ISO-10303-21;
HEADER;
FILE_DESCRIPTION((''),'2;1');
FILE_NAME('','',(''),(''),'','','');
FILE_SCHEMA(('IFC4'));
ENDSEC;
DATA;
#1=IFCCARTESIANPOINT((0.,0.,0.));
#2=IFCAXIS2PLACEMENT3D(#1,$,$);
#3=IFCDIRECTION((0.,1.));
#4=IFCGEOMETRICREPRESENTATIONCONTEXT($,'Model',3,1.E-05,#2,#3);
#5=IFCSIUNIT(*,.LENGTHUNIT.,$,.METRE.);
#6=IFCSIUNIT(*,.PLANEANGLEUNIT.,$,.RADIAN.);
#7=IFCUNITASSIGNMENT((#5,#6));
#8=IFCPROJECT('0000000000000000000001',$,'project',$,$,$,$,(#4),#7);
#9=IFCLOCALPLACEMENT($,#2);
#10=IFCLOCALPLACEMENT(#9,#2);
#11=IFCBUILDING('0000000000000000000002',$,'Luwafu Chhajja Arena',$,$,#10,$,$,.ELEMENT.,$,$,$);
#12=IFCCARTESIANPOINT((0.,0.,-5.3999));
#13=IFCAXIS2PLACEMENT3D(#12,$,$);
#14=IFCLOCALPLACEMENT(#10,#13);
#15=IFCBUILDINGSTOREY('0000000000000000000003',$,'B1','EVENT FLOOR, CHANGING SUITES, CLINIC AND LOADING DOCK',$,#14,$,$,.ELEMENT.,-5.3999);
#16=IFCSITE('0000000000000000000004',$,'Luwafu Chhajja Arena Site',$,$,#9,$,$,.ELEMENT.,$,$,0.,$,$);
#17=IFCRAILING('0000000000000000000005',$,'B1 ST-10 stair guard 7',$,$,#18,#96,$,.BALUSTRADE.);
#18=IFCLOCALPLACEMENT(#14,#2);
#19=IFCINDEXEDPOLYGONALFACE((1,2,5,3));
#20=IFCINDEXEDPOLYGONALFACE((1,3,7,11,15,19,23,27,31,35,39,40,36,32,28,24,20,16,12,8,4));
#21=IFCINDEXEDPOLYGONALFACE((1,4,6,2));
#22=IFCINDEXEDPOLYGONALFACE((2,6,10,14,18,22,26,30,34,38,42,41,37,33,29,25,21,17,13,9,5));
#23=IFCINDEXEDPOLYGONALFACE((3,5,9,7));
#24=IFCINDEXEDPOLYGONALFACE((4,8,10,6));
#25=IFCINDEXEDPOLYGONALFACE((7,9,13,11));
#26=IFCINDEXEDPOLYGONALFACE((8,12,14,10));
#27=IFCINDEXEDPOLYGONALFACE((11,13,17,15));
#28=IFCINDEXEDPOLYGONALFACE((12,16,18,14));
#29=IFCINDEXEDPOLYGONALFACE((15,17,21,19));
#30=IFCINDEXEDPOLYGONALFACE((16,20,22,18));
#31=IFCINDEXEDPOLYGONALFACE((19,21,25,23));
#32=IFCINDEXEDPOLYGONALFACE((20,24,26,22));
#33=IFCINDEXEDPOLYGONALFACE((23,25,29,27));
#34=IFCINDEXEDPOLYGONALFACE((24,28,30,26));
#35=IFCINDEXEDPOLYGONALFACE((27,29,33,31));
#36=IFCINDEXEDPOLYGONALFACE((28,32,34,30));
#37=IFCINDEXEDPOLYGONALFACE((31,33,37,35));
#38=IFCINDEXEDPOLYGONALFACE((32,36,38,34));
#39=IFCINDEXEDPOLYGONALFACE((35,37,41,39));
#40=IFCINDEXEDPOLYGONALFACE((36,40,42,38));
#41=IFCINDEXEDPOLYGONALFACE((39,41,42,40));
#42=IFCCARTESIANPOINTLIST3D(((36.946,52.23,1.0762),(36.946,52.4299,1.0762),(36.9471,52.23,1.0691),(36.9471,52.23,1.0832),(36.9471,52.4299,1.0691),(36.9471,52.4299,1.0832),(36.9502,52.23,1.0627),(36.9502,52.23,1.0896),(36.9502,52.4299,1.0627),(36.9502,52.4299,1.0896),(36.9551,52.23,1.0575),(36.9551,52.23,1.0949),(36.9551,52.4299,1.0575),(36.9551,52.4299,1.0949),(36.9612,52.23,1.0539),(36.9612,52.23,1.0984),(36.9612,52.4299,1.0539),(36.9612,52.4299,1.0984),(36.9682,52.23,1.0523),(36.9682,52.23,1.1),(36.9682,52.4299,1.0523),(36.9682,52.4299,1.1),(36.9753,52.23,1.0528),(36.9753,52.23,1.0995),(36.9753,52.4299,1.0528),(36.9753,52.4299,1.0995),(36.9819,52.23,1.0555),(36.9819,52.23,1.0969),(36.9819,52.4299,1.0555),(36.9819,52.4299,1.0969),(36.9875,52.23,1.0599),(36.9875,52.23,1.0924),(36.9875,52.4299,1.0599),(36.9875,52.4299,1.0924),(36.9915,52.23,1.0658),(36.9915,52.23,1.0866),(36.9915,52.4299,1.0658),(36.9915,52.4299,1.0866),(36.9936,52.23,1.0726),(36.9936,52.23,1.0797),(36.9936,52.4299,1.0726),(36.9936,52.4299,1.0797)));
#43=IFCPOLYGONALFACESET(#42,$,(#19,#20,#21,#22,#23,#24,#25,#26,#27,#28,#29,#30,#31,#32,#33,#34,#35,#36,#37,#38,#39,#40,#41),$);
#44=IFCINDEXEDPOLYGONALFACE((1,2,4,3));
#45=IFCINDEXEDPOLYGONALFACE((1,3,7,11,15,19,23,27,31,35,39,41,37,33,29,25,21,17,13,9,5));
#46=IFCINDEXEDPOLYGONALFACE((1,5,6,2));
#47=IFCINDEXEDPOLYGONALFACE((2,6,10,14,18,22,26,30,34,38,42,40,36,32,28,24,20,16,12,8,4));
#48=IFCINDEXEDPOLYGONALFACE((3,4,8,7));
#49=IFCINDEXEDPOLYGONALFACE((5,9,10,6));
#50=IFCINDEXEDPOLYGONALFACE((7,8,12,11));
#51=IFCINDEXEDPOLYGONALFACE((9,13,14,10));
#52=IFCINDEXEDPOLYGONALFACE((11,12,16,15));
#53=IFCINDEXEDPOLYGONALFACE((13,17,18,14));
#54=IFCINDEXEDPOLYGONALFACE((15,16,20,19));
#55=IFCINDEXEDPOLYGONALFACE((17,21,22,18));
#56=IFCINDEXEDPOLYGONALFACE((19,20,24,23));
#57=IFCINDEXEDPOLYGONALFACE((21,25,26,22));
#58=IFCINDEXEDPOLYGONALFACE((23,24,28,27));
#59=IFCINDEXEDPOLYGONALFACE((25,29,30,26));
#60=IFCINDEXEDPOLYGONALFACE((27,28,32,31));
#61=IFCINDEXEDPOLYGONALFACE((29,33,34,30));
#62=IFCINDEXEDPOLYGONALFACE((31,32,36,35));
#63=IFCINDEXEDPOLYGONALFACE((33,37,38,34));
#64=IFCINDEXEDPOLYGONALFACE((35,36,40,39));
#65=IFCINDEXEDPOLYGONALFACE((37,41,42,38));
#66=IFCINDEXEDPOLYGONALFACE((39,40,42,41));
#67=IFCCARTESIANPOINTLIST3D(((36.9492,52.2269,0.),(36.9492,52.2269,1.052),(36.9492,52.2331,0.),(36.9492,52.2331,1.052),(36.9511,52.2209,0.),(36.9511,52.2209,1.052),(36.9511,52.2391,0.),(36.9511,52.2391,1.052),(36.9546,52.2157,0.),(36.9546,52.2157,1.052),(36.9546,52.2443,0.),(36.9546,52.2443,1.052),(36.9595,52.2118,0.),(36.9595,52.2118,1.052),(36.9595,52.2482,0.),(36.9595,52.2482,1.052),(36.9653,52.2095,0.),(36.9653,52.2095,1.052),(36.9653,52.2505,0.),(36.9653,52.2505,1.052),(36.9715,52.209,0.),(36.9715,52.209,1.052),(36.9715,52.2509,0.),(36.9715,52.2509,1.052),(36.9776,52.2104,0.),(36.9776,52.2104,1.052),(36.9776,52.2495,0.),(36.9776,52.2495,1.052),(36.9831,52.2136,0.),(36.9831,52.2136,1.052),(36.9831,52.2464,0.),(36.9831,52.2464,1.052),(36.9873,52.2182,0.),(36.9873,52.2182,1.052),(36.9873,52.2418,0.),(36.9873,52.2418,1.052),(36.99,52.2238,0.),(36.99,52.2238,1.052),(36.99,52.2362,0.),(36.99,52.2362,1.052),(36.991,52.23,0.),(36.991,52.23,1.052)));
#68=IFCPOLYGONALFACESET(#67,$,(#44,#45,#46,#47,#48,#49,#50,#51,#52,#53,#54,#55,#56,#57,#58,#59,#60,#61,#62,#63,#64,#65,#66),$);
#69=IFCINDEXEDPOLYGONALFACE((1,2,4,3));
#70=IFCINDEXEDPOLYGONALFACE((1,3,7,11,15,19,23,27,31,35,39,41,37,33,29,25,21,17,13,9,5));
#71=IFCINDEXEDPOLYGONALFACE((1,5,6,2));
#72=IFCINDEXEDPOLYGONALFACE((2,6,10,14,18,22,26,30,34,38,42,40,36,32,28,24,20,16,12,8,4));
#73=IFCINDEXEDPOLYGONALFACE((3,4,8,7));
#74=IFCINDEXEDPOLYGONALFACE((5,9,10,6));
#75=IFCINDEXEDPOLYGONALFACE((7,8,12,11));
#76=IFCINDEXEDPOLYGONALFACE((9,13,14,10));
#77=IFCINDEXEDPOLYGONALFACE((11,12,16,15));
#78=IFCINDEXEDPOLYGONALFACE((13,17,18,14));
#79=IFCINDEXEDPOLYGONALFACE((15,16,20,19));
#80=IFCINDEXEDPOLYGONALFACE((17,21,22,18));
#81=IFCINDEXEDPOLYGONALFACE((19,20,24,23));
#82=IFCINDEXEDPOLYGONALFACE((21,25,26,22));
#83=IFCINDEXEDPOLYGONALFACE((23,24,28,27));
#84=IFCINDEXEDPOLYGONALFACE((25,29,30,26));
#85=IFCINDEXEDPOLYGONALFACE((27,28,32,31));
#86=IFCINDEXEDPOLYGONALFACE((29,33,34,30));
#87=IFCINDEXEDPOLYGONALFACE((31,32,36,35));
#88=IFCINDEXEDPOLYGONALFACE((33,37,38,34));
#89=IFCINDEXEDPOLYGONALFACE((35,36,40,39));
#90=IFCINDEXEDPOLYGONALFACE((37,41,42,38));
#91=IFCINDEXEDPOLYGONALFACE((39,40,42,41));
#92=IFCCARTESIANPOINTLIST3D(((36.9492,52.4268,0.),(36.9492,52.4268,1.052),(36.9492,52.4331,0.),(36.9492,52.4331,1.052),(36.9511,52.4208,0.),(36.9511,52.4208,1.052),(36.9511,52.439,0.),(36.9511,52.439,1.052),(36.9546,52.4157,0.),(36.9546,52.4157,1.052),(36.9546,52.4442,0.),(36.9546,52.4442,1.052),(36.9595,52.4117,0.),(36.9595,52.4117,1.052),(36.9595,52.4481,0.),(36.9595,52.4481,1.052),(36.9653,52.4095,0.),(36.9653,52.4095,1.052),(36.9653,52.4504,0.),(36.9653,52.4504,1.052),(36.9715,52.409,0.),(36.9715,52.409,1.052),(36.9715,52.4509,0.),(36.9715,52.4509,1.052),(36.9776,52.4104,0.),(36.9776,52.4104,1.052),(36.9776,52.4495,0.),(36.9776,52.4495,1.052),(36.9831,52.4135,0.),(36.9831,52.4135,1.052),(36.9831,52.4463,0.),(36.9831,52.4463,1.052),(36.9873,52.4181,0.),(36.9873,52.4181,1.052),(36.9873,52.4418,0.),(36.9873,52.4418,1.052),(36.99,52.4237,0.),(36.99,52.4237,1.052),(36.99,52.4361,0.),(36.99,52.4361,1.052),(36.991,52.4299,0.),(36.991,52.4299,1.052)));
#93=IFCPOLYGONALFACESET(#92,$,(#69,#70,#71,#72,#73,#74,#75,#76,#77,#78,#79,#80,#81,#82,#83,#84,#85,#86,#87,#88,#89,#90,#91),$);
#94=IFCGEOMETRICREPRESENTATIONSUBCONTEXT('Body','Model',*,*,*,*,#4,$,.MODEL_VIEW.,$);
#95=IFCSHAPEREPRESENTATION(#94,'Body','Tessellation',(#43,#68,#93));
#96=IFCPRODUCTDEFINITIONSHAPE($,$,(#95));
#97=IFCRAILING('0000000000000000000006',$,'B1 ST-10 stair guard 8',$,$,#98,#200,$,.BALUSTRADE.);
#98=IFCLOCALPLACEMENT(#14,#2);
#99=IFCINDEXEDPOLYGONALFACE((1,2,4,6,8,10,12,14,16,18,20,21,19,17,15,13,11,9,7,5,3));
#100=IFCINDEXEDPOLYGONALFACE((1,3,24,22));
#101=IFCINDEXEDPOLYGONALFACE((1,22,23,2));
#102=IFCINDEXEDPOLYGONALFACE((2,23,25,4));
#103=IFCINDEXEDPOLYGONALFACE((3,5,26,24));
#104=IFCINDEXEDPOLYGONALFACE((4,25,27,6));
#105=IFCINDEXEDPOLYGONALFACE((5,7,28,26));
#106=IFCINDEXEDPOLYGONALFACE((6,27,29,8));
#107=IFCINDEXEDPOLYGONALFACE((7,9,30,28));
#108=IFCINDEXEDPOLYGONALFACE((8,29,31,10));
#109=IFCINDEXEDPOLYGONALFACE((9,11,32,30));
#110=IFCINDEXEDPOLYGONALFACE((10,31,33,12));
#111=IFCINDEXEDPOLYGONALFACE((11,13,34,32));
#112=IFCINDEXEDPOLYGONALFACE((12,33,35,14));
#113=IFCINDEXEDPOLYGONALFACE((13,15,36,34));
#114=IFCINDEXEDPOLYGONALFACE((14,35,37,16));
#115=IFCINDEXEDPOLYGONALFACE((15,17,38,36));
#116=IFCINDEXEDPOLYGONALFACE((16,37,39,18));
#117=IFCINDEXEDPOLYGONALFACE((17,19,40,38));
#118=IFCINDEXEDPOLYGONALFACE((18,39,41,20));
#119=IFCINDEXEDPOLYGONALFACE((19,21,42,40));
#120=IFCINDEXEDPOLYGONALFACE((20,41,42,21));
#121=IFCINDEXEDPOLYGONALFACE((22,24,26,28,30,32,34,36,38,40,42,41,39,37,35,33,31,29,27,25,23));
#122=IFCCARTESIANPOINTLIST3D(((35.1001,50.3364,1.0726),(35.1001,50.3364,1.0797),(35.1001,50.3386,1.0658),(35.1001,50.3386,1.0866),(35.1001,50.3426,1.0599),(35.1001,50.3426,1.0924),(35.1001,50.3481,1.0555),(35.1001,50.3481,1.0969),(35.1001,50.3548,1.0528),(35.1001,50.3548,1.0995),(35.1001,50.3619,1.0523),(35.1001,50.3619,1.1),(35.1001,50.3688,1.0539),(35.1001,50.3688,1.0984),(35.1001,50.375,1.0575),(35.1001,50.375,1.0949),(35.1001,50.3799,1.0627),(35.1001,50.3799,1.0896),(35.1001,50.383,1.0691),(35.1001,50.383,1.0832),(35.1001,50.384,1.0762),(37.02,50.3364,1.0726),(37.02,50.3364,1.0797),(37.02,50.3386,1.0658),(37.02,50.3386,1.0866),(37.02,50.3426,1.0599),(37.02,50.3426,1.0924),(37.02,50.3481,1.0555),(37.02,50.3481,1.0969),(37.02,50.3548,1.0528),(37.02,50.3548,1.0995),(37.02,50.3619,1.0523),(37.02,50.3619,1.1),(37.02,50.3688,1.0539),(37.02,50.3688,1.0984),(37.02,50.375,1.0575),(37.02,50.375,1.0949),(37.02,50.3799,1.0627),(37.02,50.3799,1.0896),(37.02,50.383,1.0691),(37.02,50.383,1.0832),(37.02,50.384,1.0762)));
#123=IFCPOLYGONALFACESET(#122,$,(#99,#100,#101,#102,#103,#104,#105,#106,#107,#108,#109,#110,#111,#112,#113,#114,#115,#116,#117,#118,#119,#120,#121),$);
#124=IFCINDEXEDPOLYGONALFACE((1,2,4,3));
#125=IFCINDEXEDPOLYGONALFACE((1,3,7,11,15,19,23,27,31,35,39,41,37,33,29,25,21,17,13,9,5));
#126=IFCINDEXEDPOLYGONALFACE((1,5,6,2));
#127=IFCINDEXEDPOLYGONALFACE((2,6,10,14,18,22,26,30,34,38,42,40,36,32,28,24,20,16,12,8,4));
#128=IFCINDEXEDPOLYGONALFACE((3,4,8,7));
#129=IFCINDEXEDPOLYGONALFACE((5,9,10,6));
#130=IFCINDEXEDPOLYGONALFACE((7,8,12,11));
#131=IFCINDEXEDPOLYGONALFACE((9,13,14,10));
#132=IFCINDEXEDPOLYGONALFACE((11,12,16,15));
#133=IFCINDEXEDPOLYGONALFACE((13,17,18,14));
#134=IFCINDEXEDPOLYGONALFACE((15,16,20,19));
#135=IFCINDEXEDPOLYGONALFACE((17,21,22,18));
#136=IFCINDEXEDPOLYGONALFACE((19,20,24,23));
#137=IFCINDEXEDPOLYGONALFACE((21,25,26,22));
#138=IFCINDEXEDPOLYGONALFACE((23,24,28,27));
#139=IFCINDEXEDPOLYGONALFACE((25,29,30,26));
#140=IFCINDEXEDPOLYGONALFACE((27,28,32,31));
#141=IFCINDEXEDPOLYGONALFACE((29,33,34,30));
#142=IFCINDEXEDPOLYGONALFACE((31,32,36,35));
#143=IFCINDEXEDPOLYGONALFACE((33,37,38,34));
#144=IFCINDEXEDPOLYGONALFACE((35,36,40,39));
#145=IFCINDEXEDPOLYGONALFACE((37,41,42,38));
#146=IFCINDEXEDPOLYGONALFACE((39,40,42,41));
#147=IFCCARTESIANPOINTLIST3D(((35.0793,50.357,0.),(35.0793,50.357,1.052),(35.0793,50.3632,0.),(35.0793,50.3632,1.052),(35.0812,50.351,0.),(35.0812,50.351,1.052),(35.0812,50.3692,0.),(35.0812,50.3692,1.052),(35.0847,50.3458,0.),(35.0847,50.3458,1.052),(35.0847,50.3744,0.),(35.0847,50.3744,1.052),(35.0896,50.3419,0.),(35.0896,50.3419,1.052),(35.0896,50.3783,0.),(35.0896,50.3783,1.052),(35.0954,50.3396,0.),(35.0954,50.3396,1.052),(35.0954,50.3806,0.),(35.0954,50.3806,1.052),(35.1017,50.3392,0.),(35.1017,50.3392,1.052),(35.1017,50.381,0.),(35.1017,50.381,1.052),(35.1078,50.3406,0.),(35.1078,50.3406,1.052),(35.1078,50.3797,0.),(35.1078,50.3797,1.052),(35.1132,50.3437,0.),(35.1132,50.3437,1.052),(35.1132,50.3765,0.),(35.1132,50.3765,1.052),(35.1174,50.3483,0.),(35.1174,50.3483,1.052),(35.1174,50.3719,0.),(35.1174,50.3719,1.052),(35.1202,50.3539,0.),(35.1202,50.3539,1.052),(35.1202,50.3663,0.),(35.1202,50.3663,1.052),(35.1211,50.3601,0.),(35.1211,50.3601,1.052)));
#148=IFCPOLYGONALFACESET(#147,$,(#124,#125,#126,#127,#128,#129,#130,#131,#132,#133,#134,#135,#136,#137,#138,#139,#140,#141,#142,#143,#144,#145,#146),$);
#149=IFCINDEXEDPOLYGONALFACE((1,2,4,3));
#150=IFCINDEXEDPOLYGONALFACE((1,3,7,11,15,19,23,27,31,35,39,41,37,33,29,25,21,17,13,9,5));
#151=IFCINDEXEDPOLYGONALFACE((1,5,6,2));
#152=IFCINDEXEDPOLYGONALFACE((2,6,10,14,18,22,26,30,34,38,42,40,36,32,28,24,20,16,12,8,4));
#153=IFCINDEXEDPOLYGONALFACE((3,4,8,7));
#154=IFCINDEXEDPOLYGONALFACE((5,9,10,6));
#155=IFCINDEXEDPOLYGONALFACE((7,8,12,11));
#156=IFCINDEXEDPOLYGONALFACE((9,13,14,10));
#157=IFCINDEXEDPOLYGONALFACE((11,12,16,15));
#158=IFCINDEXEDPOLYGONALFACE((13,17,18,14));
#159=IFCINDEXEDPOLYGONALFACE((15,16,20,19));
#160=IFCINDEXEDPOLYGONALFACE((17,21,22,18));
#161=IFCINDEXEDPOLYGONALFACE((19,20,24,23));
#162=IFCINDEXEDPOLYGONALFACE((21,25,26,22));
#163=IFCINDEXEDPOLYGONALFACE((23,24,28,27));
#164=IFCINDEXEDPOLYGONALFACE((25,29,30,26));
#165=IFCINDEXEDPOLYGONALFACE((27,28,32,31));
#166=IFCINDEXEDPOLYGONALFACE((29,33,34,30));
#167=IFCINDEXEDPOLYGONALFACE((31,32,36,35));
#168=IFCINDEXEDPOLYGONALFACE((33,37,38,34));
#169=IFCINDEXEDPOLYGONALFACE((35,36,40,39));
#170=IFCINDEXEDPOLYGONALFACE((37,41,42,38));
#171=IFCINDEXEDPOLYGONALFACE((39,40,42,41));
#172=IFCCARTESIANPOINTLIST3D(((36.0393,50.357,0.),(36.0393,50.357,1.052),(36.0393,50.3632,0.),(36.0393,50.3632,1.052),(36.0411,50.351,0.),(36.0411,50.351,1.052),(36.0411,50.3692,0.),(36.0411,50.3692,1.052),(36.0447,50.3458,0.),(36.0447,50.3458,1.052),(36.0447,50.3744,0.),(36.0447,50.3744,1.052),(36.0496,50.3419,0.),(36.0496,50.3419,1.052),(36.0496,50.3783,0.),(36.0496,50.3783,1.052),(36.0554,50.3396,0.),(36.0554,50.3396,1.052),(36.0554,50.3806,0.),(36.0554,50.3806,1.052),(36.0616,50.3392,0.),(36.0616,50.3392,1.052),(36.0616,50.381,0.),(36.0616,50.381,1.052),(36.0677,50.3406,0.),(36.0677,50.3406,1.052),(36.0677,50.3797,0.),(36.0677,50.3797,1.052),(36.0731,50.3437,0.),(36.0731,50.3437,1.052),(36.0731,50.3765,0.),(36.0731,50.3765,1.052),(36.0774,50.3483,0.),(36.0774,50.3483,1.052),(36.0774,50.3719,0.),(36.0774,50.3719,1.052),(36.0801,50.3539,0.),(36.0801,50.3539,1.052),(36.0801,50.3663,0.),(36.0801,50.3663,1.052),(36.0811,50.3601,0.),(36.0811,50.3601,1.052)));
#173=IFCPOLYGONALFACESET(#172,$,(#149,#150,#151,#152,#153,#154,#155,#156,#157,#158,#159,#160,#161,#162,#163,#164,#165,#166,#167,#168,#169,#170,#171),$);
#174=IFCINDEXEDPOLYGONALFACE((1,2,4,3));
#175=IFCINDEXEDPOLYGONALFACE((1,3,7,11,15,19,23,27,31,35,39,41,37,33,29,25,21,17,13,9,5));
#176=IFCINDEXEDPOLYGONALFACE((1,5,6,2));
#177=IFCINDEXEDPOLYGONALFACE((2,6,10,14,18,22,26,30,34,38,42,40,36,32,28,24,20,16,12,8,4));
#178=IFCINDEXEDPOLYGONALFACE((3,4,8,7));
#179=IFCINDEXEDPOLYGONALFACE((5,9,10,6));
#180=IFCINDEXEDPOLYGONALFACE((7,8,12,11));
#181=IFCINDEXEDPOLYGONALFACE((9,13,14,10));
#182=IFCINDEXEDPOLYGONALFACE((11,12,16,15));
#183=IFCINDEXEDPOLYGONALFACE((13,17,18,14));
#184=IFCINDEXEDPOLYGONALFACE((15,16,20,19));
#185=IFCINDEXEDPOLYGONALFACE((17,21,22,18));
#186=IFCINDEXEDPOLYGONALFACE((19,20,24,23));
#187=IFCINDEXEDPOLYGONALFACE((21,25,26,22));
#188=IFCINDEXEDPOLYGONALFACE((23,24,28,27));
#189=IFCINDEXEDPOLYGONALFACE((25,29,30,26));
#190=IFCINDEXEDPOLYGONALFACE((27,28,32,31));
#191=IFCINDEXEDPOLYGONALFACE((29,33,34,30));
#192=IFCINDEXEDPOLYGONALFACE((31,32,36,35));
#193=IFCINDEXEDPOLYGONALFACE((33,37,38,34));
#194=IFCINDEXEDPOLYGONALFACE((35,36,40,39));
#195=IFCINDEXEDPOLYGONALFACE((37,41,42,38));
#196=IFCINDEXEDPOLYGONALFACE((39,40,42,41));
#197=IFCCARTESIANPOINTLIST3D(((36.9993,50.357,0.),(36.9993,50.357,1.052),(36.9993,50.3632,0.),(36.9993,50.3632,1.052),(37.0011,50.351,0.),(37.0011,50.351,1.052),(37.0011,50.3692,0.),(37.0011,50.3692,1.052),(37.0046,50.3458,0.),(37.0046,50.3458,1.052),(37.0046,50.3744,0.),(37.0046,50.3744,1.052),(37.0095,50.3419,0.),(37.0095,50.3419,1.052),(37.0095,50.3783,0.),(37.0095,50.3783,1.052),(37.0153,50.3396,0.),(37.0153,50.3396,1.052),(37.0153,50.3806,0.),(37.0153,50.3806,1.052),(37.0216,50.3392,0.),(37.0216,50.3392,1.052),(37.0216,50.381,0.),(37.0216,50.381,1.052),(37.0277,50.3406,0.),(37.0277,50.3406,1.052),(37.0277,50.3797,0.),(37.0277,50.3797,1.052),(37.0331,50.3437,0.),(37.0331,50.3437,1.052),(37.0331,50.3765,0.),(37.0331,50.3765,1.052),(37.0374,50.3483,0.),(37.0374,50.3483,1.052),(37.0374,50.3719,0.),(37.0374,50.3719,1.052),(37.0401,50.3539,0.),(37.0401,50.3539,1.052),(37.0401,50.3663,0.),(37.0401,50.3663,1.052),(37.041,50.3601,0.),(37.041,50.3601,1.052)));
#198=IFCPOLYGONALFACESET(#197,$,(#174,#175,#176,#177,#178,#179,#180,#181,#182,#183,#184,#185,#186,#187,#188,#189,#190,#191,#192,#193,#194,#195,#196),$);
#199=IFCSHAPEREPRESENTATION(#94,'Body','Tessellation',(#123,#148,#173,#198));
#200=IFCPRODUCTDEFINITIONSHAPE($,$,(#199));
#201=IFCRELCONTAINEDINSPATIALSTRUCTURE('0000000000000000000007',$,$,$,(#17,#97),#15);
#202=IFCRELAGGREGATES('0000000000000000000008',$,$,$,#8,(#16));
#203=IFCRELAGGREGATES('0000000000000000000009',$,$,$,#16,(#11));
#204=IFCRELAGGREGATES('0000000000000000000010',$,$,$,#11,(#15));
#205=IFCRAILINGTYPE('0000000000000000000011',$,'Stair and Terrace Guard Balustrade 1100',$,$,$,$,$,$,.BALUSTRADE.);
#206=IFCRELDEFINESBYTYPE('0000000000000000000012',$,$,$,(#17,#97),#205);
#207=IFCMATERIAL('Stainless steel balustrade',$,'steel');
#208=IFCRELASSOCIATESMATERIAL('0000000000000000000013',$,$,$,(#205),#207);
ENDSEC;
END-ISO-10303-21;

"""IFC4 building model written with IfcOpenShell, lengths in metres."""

from ifc_helpers import new_model, si_unit, direction, frame, origin, origin_2d, place, context, subcontext, project, spatial, circle, extrude, material, type_object, element, save


model = new_model("IFC4")

# Units and contexts
model_context = context("Model", 3, precision=1e-05, world=origin(), true_north=direction((0.0, 1.0)))
body_context = subcontext(model_context, "Body", "Model", "MODEL_VIEW")
ifc_project = project(units=[si_unit("LENGTHUNIT", "METRE"), si_unit("PLANEANGLEUNIT", "RADIAN")], contexts=[model_context])

# Site, building, storey
site_placement = place(None, origin())
site = spatial("IfcSite", under=ifc_project, at=site_placement, Name="Luwafu Chhajja Arena Site", CompositionType="ELEMENT", RefElevation=0.0)
building_placement = place(site_placement, origin())
building = spatial("IfcBuilding", under=site, at=building_placement, Name="Luwafu Chhajja Arena", CompositionType="ELEMENT")
storey_placement = place(building_placement, frame((0.0, 0.0, -5.3999)))
storey = spatial("IfcBuildingStorey", under=building, at=storey_placement, Name="B1", Description="EVENT FLOOR, CHANGING SUITES, CLINIC AND LOADING DOCK", CompositionType="ELEMENT", Elevation=-5.3999)

# Railings
ifc_material_1 = material(Name="Stainless steel balustrade", Category="steel")
railing_type_1 = type_object("IfcRailingType", Name="Stair and Terrace Guard Balustrade 1100", PredefinedType="BALUSTRADE", material=ifc_material_1)
railing_1_placement = place(storey_placement, frame((36.97, 52.23, 0.0)))
element("IfcRailing", 1, at=railing_1_placement, inside=storey, type_object=railing_type_1, Name="B1 ST-10 stair guard 7", PredefinedType="BALUSTRADE", context=body_context, shape_type="SweptSolid", body=[
    extrude(circle(Radius=0.0239, at=origin_2d()), frame((0.0, 0.0, 1.0762), z_axis=(0.0, 1.0, 0.0), x_axis=(-1.0, 0.0, 0.0)), (0.0, 0.0, 1.0), 0.2),
    extrude(circle(Radius=0.021, at=origin_2d()), origin(), (0.0, 0.0, 1.0), 1.052),
    extrude(circle(Radius=0.021, at=origin_2d()), frame((0.0, 0.2, 0.0)), (0.0, 0.0, 1.0), 1.052),
])
for number, where, name in (
    (2, (35.1001, 50.3601, 0.0), "B1 ST-10 stair guard 8"),
):
    element("IfcRailing", number, at=place(storey_placement, frame(where)), inside=storey, type_object=railing_type_1, Name=name, PredefinedType="BALUSTRADE", context=body_context, shape_type="SweptSolid", body=[
        extrude(circle(Radius=0.0239, at=origin_2d()), frame((0.0, 0.0, 1.0762), z_axis=(1.0, 0.0, 0.0), x_axis=(0.0, 1.0, 0.0)), (0.0, 0.0, 1.0), 1.9199),
        extrude(circle(Radius=0.021, at=origin_2d()), origin(), (0.0, 0.0, 1.0), 1.052),
        extrude(circle(Radius=0.021, at=origin_2d()), frame((0.96, 0.0, 0.0)), (0.0, 0.0, 1.0), 1.052),
        extrude(circle(Radius=0.021, at=origin_2d()), frame((1.9199, 0.0, 0.0)), (0.0, 0.0, 1.0), 1.052),
    ])

save(model, "model.ifc")
